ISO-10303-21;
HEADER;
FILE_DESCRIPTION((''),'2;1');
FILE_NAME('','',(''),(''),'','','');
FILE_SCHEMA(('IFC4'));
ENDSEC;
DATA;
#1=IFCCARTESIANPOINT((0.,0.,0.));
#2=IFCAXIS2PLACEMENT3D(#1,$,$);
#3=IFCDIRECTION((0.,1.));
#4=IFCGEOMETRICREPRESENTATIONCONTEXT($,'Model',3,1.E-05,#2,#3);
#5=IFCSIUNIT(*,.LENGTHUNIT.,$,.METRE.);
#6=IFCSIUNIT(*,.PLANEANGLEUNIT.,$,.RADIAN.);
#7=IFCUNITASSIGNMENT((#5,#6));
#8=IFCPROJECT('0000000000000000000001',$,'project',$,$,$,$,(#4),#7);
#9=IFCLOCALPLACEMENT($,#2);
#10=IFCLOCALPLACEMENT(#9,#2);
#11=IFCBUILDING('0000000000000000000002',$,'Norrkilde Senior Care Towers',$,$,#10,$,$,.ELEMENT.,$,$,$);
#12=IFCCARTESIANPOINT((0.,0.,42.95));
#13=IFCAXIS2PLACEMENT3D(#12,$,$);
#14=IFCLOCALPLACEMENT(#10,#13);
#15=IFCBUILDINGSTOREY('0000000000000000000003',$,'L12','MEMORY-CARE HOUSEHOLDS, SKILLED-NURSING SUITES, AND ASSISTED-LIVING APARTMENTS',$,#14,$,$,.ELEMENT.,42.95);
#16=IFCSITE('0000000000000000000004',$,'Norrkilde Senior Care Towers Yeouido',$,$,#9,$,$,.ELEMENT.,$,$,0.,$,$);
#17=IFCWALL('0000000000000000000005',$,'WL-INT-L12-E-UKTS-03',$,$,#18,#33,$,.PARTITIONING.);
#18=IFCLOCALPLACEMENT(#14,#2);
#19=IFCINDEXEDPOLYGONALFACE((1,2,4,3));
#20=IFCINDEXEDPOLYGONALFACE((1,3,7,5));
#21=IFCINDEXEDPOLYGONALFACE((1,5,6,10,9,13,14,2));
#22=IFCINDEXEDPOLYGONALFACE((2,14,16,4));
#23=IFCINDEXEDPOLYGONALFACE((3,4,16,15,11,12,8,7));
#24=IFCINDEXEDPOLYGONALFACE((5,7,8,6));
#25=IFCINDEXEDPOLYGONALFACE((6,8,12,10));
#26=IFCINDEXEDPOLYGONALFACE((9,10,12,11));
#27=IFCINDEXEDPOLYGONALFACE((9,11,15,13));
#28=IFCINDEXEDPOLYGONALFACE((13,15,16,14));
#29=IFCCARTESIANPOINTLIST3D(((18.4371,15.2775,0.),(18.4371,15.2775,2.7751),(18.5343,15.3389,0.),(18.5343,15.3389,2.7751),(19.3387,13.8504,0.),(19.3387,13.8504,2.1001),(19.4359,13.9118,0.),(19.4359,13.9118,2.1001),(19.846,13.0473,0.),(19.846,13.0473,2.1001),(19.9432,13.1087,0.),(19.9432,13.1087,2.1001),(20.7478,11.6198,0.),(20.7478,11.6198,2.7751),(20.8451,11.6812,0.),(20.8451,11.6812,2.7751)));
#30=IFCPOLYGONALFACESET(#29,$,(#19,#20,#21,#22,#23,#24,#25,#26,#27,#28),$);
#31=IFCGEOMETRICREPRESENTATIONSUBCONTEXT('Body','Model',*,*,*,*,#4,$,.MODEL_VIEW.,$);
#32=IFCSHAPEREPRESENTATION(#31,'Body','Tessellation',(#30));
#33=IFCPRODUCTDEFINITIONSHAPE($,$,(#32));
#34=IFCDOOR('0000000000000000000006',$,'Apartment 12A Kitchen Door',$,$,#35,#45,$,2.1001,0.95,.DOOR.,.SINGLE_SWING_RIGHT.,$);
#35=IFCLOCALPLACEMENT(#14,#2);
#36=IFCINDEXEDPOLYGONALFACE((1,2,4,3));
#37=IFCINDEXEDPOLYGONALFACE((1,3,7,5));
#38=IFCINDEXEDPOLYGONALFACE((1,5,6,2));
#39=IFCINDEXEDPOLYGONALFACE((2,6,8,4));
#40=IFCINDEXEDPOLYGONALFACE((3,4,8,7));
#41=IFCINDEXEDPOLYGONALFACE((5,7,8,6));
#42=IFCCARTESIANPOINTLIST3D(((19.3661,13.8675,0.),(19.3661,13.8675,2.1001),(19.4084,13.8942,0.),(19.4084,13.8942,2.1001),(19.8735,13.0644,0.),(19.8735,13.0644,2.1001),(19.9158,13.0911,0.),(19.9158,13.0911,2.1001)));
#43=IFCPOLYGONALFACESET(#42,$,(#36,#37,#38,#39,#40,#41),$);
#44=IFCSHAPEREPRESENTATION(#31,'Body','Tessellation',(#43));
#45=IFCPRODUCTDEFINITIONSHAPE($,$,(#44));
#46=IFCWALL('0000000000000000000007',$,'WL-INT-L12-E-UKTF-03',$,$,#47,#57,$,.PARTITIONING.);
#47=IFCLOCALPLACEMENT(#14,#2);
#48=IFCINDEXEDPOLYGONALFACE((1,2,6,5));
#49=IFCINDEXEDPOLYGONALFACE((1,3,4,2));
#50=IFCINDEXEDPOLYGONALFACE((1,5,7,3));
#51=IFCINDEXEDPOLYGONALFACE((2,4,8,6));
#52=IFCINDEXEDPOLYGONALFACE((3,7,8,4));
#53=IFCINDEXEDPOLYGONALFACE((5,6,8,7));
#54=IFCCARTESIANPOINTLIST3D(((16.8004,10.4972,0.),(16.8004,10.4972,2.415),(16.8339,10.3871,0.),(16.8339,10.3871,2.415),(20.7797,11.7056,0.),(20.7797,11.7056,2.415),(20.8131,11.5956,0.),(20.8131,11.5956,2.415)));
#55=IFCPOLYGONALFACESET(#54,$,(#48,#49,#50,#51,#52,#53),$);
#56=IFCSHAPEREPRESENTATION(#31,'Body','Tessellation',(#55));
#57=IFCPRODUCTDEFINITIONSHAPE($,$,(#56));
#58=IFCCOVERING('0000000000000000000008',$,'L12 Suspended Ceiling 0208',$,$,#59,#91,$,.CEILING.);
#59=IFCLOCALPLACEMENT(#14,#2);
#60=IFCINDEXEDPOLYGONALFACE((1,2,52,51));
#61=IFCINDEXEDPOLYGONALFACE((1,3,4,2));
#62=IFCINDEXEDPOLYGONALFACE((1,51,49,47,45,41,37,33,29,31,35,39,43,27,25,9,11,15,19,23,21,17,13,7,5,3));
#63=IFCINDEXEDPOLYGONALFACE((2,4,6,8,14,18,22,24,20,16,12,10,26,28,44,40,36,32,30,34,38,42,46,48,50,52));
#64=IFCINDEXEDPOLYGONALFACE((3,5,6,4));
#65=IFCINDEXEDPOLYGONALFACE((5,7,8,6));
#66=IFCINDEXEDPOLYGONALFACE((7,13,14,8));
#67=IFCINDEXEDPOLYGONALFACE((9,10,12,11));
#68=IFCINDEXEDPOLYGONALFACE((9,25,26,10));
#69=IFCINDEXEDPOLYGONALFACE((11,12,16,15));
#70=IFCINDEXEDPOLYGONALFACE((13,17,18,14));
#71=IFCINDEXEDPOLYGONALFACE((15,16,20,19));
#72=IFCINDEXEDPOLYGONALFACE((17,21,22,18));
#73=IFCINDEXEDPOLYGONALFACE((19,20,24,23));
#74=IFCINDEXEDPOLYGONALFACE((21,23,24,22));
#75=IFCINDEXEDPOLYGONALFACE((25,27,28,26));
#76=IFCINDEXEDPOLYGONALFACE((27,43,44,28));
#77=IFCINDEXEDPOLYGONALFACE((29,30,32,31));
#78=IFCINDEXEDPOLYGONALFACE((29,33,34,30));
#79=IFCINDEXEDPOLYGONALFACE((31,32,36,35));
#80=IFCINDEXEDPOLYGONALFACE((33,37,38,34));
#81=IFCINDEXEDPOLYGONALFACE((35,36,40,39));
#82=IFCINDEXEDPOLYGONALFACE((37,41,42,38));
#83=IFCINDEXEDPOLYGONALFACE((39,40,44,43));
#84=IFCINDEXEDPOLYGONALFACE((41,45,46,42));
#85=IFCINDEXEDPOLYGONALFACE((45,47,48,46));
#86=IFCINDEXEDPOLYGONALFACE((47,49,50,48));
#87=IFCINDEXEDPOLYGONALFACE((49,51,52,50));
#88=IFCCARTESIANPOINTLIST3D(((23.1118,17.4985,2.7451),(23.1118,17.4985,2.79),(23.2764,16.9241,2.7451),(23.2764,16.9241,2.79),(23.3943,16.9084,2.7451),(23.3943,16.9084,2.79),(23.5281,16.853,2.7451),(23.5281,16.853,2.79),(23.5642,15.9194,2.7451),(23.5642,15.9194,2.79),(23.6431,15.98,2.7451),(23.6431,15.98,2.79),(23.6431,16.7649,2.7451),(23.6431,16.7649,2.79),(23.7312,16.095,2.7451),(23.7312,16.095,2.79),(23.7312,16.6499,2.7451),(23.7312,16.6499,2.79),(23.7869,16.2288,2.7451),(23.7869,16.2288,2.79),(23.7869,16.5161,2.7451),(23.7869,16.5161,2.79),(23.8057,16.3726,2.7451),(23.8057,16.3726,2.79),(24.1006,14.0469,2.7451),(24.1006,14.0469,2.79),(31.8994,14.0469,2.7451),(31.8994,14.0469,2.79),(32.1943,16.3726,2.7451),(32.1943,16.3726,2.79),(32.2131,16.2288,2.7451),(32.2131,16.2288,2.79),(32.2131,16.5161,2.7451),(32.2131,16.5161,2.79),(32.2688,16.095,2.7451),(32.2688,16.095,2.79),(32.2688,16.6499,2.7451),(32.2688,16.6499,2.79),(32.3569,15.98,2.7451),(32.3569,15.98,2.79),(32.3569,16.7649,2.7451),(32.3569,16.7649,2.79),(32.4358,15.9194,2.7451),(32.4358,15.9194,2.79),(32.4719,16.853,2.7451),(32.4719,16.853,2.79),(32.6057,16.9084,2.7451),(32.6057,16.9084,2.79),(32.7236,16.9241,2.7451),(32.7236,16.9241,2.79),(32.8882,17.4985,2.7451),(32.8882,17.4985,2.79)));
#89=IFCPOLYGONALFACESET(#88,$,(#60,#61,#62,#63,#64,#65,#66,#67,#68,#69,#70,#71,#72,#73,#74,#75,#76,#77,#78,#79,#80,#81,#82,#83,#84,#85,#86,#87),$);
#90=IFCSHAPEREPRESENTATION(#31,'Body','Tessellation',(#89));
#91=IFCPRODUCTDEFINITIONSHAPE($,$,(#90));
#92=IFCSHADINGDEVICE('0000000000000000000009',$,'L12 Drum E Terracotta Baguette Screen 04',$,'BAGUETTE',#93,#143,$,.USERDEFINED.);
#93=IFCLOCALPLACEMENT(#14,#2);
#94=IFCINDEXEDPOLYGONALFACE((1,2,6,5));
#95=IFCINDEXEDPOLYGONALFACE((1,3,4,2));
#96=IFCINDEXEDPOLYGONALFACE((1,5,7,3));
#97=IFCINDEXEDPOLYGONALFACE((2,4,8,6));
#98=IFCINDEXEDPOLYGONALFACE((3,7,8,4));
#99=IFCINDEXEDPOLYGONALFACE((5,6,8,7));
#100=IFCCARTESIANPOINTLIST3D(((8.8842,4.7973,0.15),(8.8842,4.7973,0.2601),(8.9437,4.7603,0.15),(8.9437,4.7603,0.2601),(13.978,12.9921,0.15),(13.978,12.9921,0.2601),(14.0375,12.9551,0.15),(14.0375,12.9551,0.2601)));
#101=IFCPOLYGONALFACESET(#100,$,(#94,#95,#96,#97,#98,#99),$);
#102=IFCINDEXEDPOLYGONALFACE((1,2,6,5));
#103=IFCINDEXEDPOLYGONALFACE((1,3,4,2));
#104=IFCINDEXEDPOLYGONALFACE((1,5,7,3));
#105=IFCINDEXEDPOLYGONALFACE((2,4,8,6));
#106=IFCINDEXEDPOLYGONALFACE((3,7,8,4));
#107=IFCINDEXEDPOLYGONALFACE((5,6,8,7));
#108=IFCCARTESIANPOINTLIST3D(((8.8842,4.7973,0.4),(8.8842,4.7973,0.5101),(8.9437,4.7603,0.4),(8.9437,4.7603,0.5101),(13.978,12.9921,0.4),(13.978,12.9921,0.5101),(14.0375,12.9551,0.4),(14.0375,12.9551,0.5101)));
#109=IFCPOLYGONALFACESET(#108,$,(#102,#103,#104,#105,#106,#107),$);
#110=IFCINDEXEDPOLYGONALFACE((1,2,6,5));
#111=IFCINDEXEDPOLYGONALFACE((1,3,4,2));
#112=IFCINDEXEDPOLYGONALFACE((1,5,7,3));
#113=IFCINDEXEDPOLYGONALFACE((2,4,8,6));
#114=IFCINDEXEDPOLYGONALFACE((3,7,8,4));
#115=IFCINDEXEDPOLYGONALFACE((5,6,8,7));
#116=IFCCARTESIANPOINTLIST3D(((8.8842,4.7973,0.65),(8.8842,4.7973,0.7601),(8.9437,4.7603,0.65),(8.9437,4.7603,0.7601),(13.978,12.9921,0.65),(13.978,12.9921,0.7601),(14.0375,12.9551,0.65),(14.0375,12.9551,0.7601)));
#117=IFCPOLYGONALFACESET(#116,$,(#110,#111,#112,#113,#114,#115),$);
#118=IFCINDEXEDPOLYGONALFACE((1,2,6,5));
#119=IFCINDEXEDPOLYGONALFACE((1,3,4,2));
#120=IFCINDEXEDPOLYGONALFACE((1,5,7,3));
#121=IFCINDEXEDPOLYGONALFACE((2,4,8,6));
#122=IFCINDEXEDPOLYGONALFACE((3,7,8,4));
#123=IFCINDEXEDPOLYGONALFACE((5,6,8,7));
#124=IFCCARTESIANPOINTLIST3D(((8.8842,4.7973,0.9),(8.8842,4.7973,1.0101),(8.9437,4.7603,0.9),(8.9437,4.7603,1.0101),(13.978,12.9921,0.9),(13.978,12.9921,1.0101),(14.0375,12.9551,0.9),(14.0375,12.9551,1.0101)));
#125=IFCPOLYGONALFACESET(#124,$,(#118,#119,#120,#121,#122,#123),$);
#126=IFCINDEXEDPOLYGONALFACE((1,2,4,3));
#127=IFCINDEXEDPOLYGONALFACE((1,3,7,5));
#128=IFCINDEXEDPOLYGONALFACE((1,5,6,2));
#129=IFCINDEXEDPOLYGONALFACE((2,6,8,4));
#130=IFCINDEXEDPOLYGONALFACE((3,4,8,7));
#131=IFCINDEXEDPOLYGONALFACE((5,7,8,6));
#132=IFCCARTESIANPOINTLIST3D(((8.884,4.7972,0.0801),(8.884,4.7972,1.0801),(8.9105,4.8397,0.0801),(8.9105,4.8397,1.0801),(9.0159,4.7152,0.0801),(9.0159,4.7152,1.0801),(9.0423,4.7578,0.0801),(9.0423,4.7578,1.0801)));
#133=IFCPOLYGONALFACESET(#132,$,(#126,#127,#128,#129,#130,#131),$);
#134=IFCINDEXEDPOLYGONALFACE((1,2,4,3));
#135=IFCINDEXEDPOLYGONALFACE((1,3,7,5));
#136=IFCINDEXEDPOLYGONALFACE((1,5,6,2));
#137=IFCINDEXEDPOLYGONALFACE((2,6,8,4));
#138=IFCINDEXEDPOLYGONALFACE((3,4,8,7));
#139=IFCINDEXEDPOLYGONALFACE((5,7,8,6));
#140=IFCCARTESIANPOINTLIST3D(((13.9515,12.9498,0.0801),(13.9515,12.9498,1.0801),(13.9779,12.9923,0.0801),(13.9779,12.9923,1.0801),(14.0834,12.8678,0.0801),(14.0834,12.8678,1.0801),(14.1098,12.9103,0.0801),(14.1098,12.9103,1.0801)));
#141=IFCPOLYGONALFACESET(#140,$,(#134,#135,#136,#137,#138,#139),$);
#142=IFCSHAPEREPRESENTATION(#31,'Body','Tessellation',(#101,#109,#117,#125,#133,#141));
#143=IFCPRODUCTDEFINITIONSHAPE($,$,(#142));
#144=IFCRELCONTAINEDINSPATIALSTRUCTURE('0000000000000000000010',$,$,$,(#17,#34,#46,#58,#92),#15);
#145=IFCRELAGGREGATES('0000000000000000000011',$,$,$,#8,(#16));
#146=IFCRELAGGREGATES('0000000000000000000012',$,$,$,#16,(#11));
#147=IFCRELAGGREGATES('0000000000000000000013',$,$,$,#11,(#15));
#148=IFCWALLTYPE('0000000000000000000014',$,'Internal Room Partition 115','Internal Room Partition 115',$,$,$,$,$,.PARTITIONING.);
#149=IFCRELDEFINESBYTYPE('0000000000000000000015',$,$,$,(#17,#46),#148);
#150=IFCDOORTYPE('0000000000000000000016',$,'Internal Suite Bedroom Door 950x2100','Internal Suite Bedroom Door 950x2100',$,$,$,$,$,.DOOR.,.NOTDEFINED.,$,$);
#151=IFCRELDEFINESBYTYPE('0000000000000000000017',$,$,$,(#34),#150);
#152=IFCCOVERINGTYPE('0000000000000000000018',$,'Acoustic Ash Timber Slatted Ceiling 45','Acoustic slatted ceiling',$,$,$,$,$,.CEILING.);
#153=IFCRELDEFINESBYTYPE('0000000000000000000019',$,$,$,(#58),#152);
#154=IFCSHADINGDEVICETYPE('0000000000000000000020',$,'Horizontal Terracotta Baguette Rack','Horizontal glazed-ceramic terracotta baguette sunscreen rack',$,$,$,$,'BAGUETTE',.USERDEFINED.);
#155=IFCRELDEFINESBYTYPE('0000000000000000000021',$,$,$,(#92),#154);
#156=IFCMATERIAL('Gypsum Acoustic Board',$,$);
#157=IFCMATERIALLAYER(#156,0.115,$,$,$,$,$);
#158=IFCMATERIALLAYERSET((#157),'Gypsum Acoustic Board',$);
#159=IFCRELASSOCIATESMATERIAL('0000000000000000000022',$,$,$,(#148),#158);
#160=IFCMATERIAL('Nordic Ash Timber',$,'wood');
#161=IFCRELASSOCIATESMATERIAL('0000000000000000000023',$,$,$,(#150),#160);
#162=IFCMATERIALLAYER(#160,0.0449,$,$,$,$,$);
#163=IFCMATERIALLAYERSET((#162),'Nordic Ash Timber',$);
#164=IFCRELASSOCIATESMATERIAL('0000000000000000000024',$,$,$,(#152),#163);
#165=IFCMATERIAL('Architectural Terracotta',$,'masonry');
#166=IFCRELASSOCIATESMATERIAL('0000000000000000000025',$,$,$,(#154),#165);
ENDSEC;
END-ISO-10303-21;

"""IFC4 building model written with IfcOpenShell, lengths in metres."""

from ifc_helpers import new_model, si_unit, direction, frame, frame_2d, origin, origin_2d, place, context, subcontext, project, spatial, polyline, rectangle, outline, extrude, source, transform, mapped, material, layer, layer_set, type_object, type_shapes, element, fill, save


model = new_model("IFC4")

# Units and contexts
model_context = context("Model", 3, precision=1e-05, world=origin(), true_north=direction((0.0, 1.0)))
body_context = subcontext(model_context, "Body", "Model", "MODEL_VIEW")
ifc_project = project(units=[si_unit("LENGTHUNIT", "METRE"), si_unit("PLANEANGLEUNIT", "RADIAN")], contexts=[model_context])

# Site, building, storey
site_placement = place(None, origin())
site = spatial("IfcSite", under=ifc_project, at=site_placement, Name="Norrkilde Senior Care Towers Yeouido", CompositionType="ELEMENT", RefElevation=0.0)
building_placement = place(site_placement, origin())
building = spatial("IfcBuilding", under=site, at=building_placement, Name="Norrkilde Senior Care Towers", CompositionType="ELEMENT")
storey_placement = place(building_placement, frame((0.0, 0.0, 42.95)))
storey = spatial("IfcBuildingStorey", under=building, at=storey_placement, Name="L12", Description="MEMORY-CARE HOUSEHOLDS, SKILLED-NURSING SUITES, AND ASSISTED-LIVING APARTMENTS", CompositionType="ELEMENT", Elevation=42.95)

# Shared definitions
ifc_material_1 = material(Name="Gypsum Acoustic Board")
ifc_material_2 = material(Name="Nordic Ash Timber", Category="wood")
ifc_layer_1 = layer(ifc_material_1, 0.115)
ifc_layer_set_1 = layer_set([ifc_layer_1], Name="Gypsum Acoustic Board")
wall_type_1 = type_object("IfcWallType", Name="Internal Room Partition 115", Description="Internal Room Partition 115", PredefinedType="PARTITIONING", material=ifc_layer_set_1)
door_type_1 = type_object("IfcDoorType", Name="Internal Suite Bedroom Door 950x2100", Description="Internal Suite Bedroom Door 950x2100", OperationType="NOTDEFINED", PredefinedType="DOOR", material=ifc_material_2)
shared_shape_1 = source(origin(), body_context, "Body", "SweptSolid", [
    extrude(rectangle(XDim=0.95, YDim=2.1001, at=frame_2d((0.4751, 1.05))), frame((0.0, 0.0249, 0.0), z_axis=(0.0, -1.0, 0.0), x_axis=(1.0, 0.0, 0.0)), (0.0, 0.0, 1.0), 0.05),
])
type_shapes(door_type_1, [shared_shape_1])

# Wall, opening, door
shared_shape_2 = source(origin(), body_context, "Body", "SweptSolid", [
    extrude(rectangle(XDim=4.3264, YDim=0.115, at=frame_2d((2.1631, 0.0))), origin(), (0.0, 0.0, 1.0), 2.7751),
])
wall_1_placement = place(storey_placement, frame((20.7964, 11.6506, 0.0), z_axis=(0.0, 0.0, 1.0), x_axis=(-0.534101, 0.845421, 0.0)))
wall_1 = element("IfcWall", 1, at=wall_1_placement, inside=storey, type_object=wall_type_1, Name="WL-INT-L12-E-UKTS-03", PredefinedType="PARTITIONING", context=body_context, shape_type="MappedRepresentation", body=[
    mapped(shared_shape_2, transform((0.0, 0.0, 0.0), x_axis=(1.0, 0.0, 0.0), y_axis=(0.0, 1.0, 0.0), z_axis=(0.0, 0.0, 1.0), scale=1.0)),
])
opening_1_placement = place(wall_1_placement, frame((1.6882, 0.0, 0.0)))
opening_1 = element("IfcOpeningElement", 2, at=opening_1_placement, cuts=wall_1, PredefinedType="OPENING", context=body_context, shape_type="SweptSolid", body=[
    extrude(rectangle(XDim=0.95, YDim=2.1001, at=frame_2d((0.4751, 1.05))), frame((0.0, 0.0674, 0.0), z_axis=(0.0, -1.0, 0.0), x_axis=(1.0, 0.0, 0.0)), (0.0, 0.0, 1.0), 0.135),
])
door_1_placement = place(opening_1_placement, frame((0.95, 0.0, 0.0), z_axis=(0.0, 0.0, 1.0), x_axis=(-1.0, 0.0, 0.0)))
door_1 = element("IfcDoor", 3, at=door_1_placement, inside=storey, type_object=door_type_1, Name="Apartment 12A Kitchen Door", OperationType="SINGLE_SWING_RIGHT", OverallHeight=2.1001, OverallWidth=0.95, PredefinedType="DOOR", context=body_context, shape_type="MappedRepresentation", body=[
    mapped(shared_shape_1, transform((0.0, 0.0, 0.0), x_axis=(1.0, 0.0, 0.0), y_axis=(0.0, 1.0, 0.0), z_axis=(0.0, 0.0, 1.0), scale=1.0)),
])
fill(opening_1, door_1)

# Wall
shared_shape_3 = source(origin(), body_context, "Body", "SweptSolid", [
    extrude(rectangle(XDim=4.1587, YDim=0.115, at=frame_2d((2.0793, 0.0))), origin(), (0.0, 0.0, 1.0), 2.415),
])
wall_2_placement = place(storey_placement, frame((20.7964, 11.6506, 0.0), z_axis=(0.0, 0.0, 1.0), x_axis=(-0.956846, -0.290594, 0.0)))
element("IfcWall", 4, at=wall_2_placement, inside=storey, type_object=wall_type_1, Name="WL-INT-L12-E-UKTF-03", PredefinedType="PARTITIONING", context=body_context, shape_type="MappedRepresentation", body=[
    mapped(shared_shape_3, transform((0.0, 0.0, 0.0), x_axis=(1.0, 0.0, 0.0), y_axis=(0.0, 1.0, 0.0), z_axis=(0.0, 0.0, 1.0), scale=1.0)),
])

# Covering
ifc_layer_2 = layer(ifc_material_2, 0.0449)
ifc_layer_set_2 = layer_set([ifc_layer_2], Name="Nordic Ash Timber")
covering_type = type_object("IfcCoveringType", Name="Acoustic Ash Timber Slatted Ceiling 45", Description="Acoustic slatted ceiling", PredefinedType="CEILING", material=ifc_layer_set_2)
covering_placement = place(storey_placement, frame((0.0, 0.0, 2.7451)))
element("IfcCovering", 5, at=covering_placement, inside=storey, type_object=covering_type, Name="L12 Suspended Ceiling 0208", PredefinedType="CEILING", context=body_context, shape_type="SweptSolid", body=[
    extrude(outline(polyline([(32.7236, 16.9241), (32.6057, 16.9084), (32.4719, 16.853), (32.3569, 16.7649), (32.2688, 16.6499), (32.2131, 16.5161), (32.1943, 16.3726), (32.2131, 16.2288), (32.2688, 16.095), (32.3569, 15.98), (32.4358, 15.9194), (31.8994, 14.0469), (24.1006, 14.0469), (23.5642, 15.9194), (23.6431, 15.98), (23.7312, 16.095), (23.7869, 16.2288), (23.8057, 16.3726), (23.7869, 16.5161), (23.7312, 16.6499), (23.6431, 16.7649), (23.5281, 16.853), (23.3943, 16.9084), (23.2764, 16.9241), (23.1118, 17.4985), (32.8882, 17.4985), (32.7236, 16.9241)])), origin(), (0.0, 0.0, 1.0), 0.0449),
])

# Shading device
ifc_material_3 = material(Name="Architectural Terracotta", Category="masonry")
shading_device_type = type_object("IfcShadingDeviceType", Name="Horizontal Terracotta Baguette Rack", Description="Horizontal glazed-ceramic terracotta baguette sunscreen rack", ElementType="BAGUETTE", PredefinedType="USERDEFINED", material=ifc_material_3)
shared_shape_4 = source(origin(), body_context, "Body", "SweptSolid", [
    extrude(rectangle(XDim=0.0701, YDim=0.1101, at=origin_2d()), frame((0.0, 0.0901, 0.125), z_axis=(1.0, 0.0, 0.0), x_axis=(0.0, 1.0, 0.0)), (0.0, 0.0, 1.0), 9.6489),
    extrude(rectangle(XDim=0.0701, YDim=0.1101, at=origin_2d()), frame((0.0, 0.0901, 0.375), z_axis=(1.0, 0.0, 0.0), x_axis=(0.0, 1.0, 0.0)), (0.0, 0.0, 1.0), 9.6489),
    extrude(rectangle(XDim=0.0701, YDim=0.1101, at=origin_2d()), frame((0.0, 0.0901, 0.625), z_axis=(1.0, 0.0, 0.0), x_axis=(0.0, 1.0, 0.0)), (0.0, 0.0, 1.0), 9.6489),
    extrude(rectangle(XDim=0.0701, YDim=0.1101, at=origin_2d()), frame((0.0, 0.0901, 0.875), z_axis=(1.0, 0.0, 0.0), x_axis=(0.0, 1.0, 0.0)), (0.0, 0.0, 1.0), 9.6489),
    extrude(rectangle(XDim=0.05, YDim=0.1553, at=origin_2d()), frame((0.0249, 0.0476, 0.0)), (0.0, 0.0, 1.0), 1.0),
    extrude(rectangle(XDim=0.05, YDim=0.1553, at=origin_2d()), frame((9.624, 0.0476, 0.0)), (0.0, 0.0, 1.0), 1.0),
])
type_shapes(shading_device_type, [shared_shape_4])
shading_device_placement = place(storey_placement, frame((8.9905, 4.7312, 0.0801), z_axis=(0.0, 0.0, 1.0), x_axis=(0.527909, 0.849299, 0.0)))
element("IfcShadingDevice", 6, at=shading_device_placement, inside=storey, type_object=shading_device_type, Name="L12 Drum E Terracotta Baguette Screen 04", ObjectType="BAGUETTE", PredefinedType="USERDEFINED", context=body_context, shape_type="MappedRepresentation", body=[
    mapped(shared_shape_4, transform((0.0, 0.0, 0.0), x_axis=(1.0, 0.0, 0.0), y_axis=(0.0, 1.0, 0.0), z_axis=(0.0, 0.0, 1.0), scale=1.0)),
])

save(model, "model.ifc")
